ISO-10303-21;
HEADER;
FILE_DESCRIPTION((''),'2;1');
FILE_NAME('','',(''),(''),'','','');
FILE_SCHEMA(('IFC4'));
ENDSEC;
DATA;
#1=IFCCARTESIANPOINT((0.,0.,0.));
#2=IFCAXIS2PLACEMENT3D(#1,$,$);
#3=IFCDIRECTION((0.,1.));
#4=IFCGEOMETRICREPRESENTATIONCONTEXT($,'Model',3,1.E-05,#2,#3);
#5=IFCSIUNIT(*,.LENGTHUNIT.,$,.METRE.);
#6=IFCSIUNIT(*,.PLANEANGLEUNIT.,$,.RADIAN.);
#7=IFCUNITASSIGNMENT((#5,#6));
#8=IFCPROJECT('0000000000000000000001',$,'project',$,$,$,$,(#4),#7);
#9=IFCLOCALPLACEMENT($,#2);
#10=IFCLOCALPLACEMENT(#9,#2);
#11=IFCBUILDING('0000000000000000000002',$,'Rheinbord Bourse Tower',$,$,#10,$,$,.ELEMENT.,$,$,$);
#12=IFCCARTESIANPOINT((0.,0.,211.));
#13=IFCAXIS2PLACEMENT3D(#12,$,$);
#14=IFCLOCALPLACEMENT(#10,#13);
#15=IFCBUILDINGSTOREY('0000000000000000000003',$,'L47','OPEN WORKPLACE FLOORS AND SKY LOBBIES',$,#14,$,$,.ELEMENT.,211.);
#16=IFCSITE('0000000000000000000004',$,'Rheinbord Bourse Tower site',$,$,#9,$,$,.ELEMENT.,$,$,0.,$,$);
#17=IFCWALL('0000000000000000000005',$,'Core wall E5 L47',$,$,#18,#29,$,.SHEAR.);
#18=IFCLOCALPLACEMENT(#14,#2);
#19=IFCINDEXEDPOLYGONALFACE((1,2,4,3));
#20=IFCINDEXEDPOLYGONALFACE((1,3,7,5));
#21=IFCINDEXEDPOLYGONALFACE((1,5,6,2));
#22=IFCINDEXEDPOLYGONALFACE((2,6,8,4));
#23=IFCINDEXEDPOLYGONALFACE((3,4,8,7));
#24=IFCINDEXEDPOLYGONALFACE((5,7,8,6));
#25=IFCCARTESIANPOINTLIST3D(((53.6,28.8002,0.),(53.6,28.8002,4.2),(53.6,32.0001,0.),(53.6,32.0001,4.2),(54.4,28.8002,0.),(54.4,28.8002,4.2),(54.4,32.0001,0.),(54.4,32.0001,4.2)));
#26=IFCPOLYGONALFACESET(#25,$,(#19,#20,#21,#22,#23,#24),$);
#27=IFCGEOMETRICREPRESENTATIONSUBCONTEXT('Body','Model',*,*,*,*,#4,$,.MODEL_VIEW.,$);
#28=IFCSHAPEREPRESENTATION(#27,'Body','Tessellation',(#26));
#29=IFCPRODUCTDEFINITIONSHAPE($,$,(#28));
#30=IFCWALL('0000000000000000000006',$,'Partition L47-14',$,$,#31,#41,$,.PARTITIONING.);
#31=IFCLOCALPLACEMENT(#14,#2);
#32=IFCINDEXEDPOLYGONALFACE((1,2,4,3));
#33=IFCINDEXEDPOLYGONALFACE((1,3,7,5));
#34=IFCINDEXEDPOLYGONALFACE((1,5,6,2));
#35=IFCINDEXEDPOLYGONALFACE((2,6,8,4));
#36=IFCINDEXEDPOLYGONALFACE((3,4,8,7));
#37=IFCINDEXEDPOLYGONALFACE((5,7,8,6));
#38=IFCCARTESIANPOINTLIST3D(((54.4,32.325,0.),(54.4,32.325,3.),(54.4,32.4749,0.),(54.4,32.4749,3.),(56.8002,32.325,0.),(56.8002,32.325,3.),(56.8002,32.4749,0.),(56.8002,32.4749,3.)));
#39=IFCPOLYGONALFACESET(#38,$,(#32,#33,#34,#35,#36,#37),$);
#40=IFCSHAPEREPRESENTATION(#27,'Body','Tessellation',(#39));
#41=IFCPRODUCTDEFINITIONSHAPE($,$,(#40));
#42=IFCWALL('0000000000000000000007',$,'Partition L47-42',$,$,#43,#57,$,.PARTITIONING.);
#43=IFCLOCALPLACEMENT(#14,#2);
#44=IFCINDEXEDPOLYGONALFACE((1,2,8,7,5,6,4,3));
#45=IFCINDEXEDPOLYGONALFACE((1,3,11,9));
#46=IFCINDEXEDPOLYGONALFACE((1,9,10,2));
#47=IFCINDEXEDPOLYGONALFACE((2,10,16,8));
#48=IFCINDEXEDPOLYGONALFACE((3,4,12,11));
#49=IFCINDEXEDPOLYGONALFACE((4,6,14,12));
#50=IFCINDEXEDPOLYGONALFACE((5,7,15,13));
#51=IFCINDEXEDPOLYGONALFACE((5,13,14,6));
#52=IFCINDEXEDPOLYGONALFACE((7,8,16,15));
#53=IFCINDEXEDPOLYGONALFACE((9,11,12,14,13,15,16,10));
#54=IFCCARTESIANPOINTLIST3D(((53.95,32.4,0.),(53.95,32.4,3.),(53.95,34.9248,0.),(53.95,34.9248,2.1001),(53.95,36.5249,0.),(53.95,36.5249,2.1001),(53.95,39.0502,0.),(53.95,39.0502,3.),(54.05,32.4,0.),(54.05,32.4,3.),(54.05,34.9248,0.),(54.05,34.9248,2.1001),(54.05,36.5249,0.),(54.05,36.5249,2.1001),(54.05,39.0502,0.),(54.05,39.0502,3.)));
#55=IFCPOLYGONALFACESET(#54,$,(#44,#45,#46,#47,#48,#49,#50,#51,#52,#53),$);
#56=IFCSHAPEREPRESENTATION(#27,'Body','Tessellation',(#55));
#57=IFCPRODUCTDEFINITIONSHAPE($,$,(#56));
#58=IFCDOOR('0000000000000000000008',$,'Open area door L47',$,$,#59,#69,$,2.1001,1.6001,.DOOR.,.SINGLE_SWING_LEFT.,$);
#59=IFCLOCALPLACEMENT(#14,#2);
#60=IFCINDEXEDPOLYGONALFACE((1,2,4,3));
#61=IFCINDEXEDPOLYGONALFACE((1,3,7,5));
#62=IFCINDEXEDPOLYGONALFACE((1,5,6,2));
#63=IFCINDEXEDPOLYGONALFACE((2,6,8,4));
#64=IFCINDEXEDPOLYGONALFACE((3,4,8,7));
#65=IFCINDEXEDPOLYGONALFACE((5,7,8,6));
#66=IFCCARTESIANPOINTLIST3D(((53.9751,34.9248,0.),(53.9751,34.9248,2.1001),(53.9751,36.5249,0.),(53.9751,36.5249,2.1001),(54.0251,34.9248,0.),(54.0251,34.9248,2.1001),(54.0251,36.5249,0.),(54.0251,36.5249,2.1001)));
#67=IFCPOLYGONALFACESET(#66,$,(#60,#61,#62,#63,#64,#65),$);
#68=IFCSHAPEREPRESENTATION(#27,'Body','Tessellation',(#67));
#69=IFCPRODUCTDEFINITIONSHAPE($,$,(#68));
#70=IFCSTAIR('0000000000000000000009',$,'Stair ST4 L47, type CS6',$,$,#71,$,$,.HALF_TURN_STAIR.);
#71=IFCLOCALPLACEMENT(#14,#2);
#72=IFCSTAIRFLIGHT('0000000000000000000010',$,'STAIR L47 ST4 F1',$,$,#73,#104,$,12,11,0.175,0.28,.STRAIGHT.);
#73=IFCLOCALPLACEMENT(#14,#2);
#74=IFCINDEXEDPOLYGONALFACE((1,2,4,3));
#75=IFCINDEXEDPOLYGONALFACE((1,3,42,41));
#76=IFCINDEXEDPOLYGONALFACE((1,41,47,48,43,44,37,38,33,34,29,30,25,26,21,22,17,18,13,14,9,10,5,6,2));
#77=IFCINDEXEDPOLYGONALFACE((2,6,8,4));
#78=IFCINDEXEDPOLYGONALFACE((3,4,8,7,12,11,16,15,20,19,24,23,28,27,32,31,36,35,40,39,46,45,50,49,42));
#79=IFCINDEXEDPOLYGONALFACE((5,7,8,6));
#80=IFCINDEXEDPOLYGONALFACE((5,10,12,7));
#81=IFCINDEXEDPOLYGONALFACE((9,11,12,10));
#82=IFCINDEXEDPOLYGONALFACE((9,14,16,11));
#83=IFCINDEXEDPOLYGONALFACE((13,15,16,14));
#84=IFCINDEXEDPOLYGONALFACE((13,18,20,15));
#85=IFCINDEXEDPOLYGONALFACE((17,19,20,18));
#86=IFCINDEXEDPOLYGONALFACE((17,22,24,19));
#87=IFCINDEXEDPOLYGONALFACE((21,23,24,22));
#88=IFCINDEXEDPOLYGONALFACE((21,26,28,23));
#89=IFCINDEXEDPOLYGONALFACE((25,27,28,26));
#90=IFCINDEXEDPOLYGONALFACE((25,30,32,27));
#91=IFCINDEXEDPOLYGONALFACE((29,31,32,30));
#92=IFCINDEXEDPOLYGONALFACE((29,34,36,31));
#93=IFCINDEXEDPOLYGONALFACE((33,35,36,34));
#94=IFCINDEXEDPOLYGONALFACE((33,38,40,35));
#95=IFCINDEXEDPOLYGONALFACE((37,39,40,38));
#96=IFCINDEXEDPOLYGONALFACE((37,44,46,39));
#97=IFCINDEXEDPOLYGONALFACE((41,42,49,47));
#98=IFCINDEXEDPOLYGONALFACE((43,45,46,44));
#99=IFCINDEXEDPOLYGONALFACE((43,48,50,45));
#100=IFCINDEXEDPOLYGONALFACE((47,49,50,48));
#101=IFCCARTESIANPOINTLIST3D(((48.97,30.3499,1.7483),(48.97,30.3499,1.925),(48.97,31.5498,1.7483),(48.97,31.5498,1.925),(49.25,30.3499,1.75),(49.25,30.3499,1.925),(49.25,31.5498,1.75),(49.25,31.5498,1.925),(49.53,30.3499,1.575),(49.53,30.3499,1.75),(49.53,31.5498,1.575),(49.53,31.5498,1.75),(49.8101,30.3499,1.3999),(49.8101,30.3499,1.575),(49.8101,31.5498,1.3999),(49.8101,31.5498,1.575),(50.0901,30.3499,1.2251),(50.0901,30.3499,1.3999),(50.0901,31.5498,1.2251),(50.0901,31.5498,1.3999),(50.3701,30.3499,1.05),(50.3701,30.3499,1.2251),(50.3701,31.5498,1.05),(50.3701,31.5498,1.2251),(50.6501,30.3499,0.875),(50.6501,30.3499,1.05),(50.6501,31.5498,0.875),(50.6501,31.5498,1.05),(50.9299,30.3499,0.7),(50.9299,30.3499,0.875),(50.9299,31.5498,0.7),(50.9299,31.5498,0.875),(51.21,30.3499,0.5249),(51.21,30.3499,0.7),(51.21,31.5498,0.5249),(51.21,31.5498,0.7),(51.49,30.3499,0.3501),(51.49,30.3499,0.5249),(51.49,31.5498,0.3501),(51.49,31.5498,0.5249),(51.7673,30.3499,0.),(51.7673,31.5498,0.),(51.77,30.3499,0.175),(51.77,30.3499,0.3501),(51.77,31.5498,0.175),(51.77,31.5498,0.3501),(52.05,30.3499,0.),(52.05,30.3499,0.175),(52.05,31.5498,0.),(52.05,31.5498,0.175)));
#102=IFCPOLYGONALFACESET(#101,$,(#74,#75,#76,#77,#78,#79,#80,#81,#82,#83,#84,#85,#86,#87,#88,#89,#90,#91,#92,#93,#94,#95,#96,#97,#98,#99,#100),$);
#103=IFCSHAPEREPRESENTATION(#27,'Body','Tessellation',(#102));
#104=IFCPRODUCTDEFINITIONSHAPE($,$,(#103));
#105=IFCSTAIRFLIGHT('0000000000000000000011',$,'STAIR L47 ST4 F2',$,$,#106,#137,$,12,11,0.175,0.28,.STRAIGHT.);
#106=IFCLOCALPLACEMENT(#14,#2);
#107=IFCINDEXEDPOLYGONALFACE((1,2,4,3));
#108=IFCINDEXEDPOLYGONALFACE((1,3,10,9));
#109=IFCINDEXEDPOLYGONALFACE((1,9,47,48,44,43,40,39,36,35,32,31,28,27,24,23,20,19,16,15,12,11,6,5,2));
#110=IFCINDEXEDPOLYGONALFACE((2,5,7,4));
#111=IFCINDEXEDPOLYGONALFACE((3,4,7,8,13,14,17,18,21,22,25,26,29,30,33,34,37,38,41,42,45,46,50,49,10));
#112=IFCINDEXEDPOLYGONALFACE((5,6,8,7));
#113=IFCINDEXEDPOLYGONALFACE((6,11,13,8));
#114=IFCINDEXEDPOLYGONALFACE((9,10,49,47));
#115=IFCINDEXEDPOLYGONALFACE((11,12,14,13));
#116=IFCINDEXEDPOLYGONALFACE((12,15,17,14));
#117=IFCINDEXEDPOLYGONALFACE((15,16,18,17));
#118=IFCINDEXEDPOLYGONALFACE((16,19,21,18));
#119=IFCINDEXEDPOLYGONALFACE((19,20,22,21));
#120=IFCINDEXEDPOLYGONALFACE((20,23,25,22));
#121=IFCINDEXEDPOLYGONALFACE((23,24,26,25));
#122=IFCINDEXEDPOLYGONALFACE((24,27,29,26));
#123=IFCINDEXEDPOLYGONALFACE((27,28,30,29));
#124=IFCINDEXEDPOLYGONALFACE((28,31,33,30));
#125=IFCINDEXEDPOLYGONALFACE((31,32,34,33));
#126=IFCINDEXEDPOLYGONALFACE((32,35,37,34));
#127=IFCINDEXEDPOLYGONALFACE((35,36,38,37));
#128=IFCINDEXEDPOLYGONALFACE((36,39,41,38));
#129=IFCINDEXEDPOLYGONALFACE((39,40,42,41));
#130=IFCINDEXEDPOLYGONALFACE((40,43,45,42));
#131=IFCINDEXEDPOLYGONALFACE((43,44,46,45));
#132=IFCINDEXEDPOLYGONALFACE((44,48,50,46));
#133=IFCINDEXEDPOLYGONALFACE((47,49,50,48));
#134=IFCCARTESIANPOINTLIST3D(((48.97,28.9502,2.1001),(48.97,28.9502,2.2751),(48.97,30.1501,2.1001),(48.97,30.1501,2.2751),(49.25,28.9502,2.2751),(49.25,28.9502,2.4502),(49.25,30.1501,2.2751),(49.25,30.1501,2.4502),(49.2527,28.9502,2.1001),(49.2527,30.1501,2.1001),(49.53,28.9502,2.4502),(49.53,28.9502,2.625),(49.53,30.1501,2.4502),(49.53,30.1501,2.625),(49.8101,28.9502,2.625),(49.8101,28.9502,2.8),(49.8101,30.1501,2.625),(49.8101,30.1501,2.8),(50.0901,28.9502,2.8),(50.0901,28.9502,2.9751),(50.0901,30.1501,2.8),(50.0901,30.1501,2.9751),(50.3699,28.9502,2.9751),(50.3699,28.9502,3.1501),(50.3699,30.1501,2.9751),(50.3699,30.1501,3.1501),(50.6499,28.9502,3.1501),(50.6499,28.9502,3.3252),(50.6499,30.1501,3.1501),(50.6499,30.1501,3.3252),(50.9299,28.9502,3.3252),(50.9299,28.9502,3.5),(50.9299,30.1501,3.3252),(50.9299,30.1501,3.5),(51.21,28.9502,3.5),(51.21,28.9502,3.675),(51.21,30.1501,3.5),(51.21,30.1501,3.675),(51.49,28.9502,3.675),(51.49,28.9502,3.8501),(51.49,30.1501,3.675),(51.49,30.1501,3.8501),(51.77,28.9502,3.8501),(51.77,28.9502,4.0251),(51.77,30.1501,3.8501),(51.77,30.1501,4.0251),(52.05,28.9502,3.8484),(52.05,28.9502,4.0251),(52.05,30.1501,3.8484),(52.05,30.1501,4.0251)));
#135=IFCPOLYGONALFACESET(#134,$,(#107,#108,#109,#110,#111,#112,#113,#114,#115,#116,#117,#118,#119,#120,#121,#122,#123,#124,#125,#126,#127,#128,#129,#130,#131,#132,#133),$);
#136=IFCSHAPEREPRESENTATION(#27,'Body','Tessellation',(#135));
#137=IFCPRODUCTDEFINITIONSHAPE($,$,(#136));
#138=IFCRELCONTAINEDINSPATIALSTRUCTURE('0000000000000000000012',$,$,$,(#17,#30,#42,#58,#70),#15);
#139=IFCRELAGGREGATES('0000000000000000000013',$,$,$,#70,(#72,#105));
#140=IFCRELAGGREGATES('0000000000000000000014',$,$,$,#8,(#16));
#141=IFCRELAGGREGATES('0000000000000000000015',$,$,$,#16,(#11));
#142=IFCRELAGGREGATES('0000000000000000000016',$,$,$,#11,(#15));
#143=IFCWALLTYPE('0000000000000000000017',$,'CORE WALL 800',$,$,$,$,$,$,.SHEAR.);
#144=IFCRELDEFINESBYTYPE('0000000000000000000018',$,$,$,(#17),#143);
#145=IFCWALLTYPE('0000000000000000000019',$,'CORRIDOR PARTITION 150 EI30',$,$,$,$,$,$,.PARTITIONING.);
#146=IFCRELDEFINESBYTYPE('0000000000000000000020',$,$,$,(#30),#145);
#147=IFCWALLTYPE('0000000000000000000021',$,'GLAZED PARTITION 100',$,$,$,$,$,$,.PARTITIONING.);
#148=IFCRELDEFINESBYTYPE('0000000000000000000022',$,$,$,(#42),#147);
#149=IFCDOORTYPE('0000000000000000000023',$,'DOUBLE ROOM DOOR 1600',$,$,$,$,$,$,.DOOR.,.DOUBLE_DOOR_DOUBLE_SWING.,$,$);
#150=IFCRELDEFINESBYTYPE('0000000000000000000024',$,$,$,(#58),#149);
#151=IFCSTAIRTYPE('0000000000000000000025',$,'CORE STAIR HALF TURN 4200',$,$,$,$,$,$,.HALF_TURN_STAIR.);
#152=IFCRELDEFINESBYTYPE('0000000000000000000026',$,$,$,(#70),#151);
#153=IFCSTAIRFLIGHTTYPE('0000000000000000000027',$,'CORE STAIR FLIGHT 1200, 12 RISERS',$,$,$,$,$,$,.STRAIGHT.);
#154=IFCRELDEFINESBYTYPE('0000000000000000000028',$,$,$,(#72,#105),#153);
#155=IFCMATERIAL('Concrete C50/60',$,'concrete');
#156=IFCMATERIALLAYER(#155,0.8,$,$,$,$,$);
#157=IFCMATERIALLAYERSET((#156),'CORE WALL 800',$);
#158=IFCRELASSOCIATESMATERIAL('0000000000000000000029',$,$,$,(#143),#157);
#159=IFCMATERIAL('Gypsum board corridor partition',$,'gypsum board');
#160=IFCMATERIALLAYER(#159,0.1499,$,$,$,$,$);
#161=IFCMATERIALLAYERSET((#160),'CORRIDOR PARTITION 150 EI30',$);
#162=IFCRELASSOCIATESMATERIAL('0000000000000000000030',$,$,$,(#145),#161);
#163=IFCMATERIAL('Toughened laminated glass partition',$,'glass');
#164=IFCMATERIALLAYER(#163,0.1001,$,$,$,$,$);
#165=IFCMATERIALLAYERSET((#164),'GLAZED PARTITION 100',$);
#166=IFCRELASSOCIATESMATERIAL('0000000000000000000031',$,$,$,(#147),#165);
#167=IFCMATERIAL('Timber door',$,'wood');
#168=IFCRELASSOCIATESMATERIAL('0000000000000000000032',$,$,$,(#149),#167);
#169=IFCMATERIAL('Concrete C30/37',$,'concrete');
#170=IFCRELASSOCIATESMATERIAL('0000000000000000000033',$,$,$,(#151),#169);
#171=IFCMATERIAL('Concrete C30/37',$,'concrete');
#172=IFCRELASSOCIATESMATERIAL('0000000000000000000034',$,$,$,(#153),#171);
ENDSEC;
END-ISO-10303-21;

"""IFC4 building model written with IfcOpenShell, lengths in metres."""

from ifc_helpers import new_model, si_unit, direction, frame, frame_2d, origin, place, context, subcontext, project, spatial, polyline, rectangle, outline, extrude, material, layer, layer_set, type_object, element, fill, aggregate, save


model = new_model("IFC4")

# Units and contexts
model_context = context("Model", 3, precision=1e-05, world=origin(), true_north=direction((0.0, 1.0)))
body_context = subcontext(model_context, "Body", "Model", "MODEL_VIEW")
ifc_project = project(units=[si_unit("LENGTHUNIT", "METRE"), si_unit("PLANEANGLEUNIT", "RADIAN")], contexts=[model_context])

# Site, building, storey
site_placement = place(None, origin())
site = spatial("IfcSite", under=ifc_project, at=site_placement, Name="Rheinbord Bourse Tower site", CompositionType="ELEMENT", RefElevation=0.0)
building_placement = place(site_placement, origin())
building = spatial("IfcBuilding", under=site, at=building_placement, Name="Rheinbord Bourse Tower", CompositionType="ELEMENT")
storey_placement = place(building_placement, frame((0.0, 0.0, 211.0)))
storey = spatial("IfcBuildingStorey", under=building, at=storey_placement, Name="L47", Description="OPEN WORKPLACE FLOORS AND SKY LOBBIES", CompositionType="ELEMENT", Elevation=211.0)

# Shared definitions
ifc_material_1 = material(Name="Concrete C50/60", Category="concrete")
ifc_layer_1 = layer(ifc_material_1, 0.8)
ifc_layer_set_1 = layer_set([ifc_layer_1], Name="CORE WALL 800")
wall_type_1 = type_object("IfcWallType", Name="CORE WALL 800", PredefinedType="SHEAR", material=ifc_layer_set_1)

# Walls
wall_1_placement = place(storey_placement, frame((54.0, 28.8, 0.0), z_axis=(0.0, 0.0, 1.0), x_axis=(0.0, 1.0, 0.0)))
element("IfcWall", 1, at=wall_1_placement, inside=storey, type_object=wall_type_1, Name="Core wall E5 L47", PredefinedType="SHEAR", context=body_context, shape_type="SweptSolid", body=[
    extrude(rectangle(XDim=3.2, YDim=0.8, at=frame_2d((1.6001, 0.0))), origin(), (0.0, 0.0, 1.0), 4.2),
])
ifc_material_2 = material(Name="Gypsum board corridor partition", Category="gypsum board")
ifc_layer_2 = layer(ifc_material_2, 0.1499)
ifc_layer_set_2 = layer_set([ifc_layer_2], Name="CORRIDOR PARTITION 150 EI30")
wall_type_2 = type_object("IfcWallType", Name="CORRIDOR PARTITION 150 EI30", PredefinedType="PARTITIONING", material=ifc_layer_set_2)
wall_2_placement = place(storey_placement, frame((54.3999, 32.3999, 0.0), z_axis=(0.0, 0.0, 1.0), x_axis=(1.0, 0.0, 0.0)))
element("IfcWall", 2, at=wall_2_placement, inside=storey, type_object=wall_type_2, Name="Partition L47-14", PredefinedType="PARTITIONING", context=body_context, shape_type="SweptSolid", body=[
    extrude(rectangle(XDim=2.4001, YDim=0.1499, at=frame_2d((1.2002, 0.0))), origin(), (0.0, 0.0, 1.0), 3.0),
])

# Wall, opening, door
ifc_material_3 = material(Name="Toughened laminated glass partition", Category="glass")
ifc_layer_3 = layer(ifc_material_3, 0.1001)
ifc_layer_set_3 = layer_set([ifc_layer_3], Name="GLAZED PARTITION 100")
wall_type_3 = type_object("IfcWallType", Name="GLAZED PARTITION 100", PredefinedType="PARTITIONING", material=ifc_layer_set_3)
wall_3_placement = place(storey_placement, frame((54.0, 32.3999, 0.0), z_axis=(0.0, 0.0, 1.0), x_axis=(0.0, 1.0, 0.0)))
wall_3 = element("IfcWall", 3, at=wall_3_placement, inside=storey, type_object=wall_type_3, Name="Partition L47-42", PredefinedType="PARTITIONING", context=body_context, shape_type="SweptSolid", body=[
    extrude(rectangle(XDim=6.6501, YDim=0.1001, at=frame_2d((3.3252, 0.0))), origin(), (0.0, 0.0, 1.0), 3.0),
])
opening_1_placement = place(wall_3_placement, frame((2.5249, 0.0, 0.0)))
opening_1 = element("IfcOpeningElement", 4, at=opening_1_placement, cuts=wall_3, PredefinedType="OPENING", context=body_context, shape_type="SweptSolid", body=[
    extrude(rectangle(XDim=1.6001, YDim=2.1001, at=frame_2d((0.8, 1.05))), frame((0.0, 0.0601, 0.0), z_axis=(0.0, -1.0, 0.0), x_axis=(1.0, 0.0, 0.0)), (0.0, 0.0, 1.0), 0.1201),
])
ifc_material_4 = material(Name="Timber door", Category="wood")
door_type_1 = type_object("IfcDoorType", Name="DOUBLE ROOM DOOR 1600", OperationType="DOUBLE_DOOR_DOUBLE_SWING", PredefinedType="DOOR", material=ifc_material_4)
door_1_placement = place(opening_1_placement, origin())
door_1 = element("IfcDoor", 5, at=door_1_placement, inside=storey, type_object=door_type_1, Name="Open area door L47", OperationType="SINGLE_SWING_LEFT", OverallHeight=2.1001, OverallWidth=1.6001, PredefinedType="DOOR", context=body_context, shape_type="SweptSolid", body=[
    extrude(rectangle(XDim=1.6001, YDim=2.1001, at=frame_2d((0.8, 1.05))), frame((0.0, 0.0249, 0.0), z_axis=(0.0, -1.0, 0.0), x_axis=(1.0, 0.0, 0.0)), (0.0, 0.0, 1.0), 0.05),
])
fill(opening_1, door_1)

# Stair, stair flights
ifc_material_5 = material(Name="Concrete C30/37", Category="concrete")
stair_type = type_object("IfcStairType", Name="CORE STAIR HALF TURN 4200", PredefinedType="HALF_TURN_STAIR", material=ifc_material_5)
stair_placement = place(storey_placement, origin())
stair = element("IfcStair", 6, at=stair_placement, inside=storey, type_object=stair_type, Name="Stair ST4 L47, type CS6", PredefinedType="HALF_TURN_STAIR")
ifc_material_6 = material(Name="Concrete C30/37", Category="concrete")
stair_flight_type = type_object("IfcStairFlightType", Name="CORE STAIR FLIGHT 1200, 12 RISERS", PredefinedType="STRAIGHT", material=ifc_material_6)
stair_flight_1_placement = place(storey_placement, frame((52.05, 30.95, 0.0), z_axis=(0.0, 0.0, 1.0), x_axis=(-1.0, 0.0, 0.0)))
stair_flight_1 = element("IfcStairFlight", 7, at=stair_flight_1_placement, type_object=stair_flight_type, Name="STAIR L47 ST4 F1", NumberOfRisers=12, NumberOfTreads=11, PredefinedType="STRAIGHT", RiserHeight=0.175, TreadLength=0.28, context=body_context, shape_type="SweptSolid", body=[
    extrude(outline(polyline([(0.0, 0.0), (0.0, 0.175), (0.28, 0.175), (0.28, 0.3501), (0.5601, 0.3501), (0.5601, 0.5249), (0.8401, 0.5249), (0.8401, 0.7), (1.1201, 0.7), (1.1201, 0.875), (1.3999, 0.875), (1.3999, 1.05), (1.6799, 1.05), (1.6799, 1.2251), (1.96, 1.2251), (1.96, 1.3999), (2.24, 1.3999), (2.24, 1.575), (2.52, 1.575), (2.52, 1.75), (2.8, 1.75), (2.8, 1.925), (3.0801, 1.925), (3.0801, 2.1001), (3.0801, 1.7483), (0.2827, 0.0), (0.0, 0.0)])), frame((0.0, 0.6001, 0.0), z_axis=(0.0, -1.0, 0.0), x_axis=(1.0, 0.0, 0.0)), (0.0, 0.0, 1.0), 1.2),
])
stair_flight_2_placement = place(storey_placement, frame((48.97, 29.55, 2.1001), z_axis=(0.0, 0.0, 1.0), x_axis=(1.0, 0.0, 0.0)))
stair_flight_2 = element("IfcStairFlight", 8, at=stair_flight_2_placement, type_object=stair_flight_type, Name="STAIR L47 ST4 F2", NumberOfRisers=12, NumberOfTreads=11, PredefinedType="STRAIGHT", RiserHeight=0.175, TreadLength=0.28, context=body_context, shape_type="SweptSolid", body=[
    extrude(outline(polyline([(0.0, 0.0), (0.0, 0.175), (0.28, 0.175), (0.28, 0.3501), (0.5601, 0.3501), (0.5601, 0.5249), (0.8401, 0.5249), (0.8401, 0.7), (1.1201, 0.7), (1.1201, 0.875), (1.3999, 0.875), (1.3999, 1.05), (1.6799, 1.05), (1.6799, 1.2251), (1.96, 1.2251), (1.96, 1.3999), (2.24, 1.3999), (2.24, 1.575), (2.52, 1.575), (2.52, 1.75), (2.8, 1.75), (2.8, 1.925), (3.0801, 1.925), (3.0801, 2.1001), (3.0801, 1.7483), (0.2827, 0.0), (0.0, 0.0)])), frame((0.0, 0.6001, 0.0), z_axis=(0.0, -1.0, 0.0), x_axis=(1.0, 0.0, 0.0)), (0.0, 0.0, 1.0), 1.2),
])
aggregate(stair, [stair_flight_1, stair_flight_2])

save(model, "model.ifc")
